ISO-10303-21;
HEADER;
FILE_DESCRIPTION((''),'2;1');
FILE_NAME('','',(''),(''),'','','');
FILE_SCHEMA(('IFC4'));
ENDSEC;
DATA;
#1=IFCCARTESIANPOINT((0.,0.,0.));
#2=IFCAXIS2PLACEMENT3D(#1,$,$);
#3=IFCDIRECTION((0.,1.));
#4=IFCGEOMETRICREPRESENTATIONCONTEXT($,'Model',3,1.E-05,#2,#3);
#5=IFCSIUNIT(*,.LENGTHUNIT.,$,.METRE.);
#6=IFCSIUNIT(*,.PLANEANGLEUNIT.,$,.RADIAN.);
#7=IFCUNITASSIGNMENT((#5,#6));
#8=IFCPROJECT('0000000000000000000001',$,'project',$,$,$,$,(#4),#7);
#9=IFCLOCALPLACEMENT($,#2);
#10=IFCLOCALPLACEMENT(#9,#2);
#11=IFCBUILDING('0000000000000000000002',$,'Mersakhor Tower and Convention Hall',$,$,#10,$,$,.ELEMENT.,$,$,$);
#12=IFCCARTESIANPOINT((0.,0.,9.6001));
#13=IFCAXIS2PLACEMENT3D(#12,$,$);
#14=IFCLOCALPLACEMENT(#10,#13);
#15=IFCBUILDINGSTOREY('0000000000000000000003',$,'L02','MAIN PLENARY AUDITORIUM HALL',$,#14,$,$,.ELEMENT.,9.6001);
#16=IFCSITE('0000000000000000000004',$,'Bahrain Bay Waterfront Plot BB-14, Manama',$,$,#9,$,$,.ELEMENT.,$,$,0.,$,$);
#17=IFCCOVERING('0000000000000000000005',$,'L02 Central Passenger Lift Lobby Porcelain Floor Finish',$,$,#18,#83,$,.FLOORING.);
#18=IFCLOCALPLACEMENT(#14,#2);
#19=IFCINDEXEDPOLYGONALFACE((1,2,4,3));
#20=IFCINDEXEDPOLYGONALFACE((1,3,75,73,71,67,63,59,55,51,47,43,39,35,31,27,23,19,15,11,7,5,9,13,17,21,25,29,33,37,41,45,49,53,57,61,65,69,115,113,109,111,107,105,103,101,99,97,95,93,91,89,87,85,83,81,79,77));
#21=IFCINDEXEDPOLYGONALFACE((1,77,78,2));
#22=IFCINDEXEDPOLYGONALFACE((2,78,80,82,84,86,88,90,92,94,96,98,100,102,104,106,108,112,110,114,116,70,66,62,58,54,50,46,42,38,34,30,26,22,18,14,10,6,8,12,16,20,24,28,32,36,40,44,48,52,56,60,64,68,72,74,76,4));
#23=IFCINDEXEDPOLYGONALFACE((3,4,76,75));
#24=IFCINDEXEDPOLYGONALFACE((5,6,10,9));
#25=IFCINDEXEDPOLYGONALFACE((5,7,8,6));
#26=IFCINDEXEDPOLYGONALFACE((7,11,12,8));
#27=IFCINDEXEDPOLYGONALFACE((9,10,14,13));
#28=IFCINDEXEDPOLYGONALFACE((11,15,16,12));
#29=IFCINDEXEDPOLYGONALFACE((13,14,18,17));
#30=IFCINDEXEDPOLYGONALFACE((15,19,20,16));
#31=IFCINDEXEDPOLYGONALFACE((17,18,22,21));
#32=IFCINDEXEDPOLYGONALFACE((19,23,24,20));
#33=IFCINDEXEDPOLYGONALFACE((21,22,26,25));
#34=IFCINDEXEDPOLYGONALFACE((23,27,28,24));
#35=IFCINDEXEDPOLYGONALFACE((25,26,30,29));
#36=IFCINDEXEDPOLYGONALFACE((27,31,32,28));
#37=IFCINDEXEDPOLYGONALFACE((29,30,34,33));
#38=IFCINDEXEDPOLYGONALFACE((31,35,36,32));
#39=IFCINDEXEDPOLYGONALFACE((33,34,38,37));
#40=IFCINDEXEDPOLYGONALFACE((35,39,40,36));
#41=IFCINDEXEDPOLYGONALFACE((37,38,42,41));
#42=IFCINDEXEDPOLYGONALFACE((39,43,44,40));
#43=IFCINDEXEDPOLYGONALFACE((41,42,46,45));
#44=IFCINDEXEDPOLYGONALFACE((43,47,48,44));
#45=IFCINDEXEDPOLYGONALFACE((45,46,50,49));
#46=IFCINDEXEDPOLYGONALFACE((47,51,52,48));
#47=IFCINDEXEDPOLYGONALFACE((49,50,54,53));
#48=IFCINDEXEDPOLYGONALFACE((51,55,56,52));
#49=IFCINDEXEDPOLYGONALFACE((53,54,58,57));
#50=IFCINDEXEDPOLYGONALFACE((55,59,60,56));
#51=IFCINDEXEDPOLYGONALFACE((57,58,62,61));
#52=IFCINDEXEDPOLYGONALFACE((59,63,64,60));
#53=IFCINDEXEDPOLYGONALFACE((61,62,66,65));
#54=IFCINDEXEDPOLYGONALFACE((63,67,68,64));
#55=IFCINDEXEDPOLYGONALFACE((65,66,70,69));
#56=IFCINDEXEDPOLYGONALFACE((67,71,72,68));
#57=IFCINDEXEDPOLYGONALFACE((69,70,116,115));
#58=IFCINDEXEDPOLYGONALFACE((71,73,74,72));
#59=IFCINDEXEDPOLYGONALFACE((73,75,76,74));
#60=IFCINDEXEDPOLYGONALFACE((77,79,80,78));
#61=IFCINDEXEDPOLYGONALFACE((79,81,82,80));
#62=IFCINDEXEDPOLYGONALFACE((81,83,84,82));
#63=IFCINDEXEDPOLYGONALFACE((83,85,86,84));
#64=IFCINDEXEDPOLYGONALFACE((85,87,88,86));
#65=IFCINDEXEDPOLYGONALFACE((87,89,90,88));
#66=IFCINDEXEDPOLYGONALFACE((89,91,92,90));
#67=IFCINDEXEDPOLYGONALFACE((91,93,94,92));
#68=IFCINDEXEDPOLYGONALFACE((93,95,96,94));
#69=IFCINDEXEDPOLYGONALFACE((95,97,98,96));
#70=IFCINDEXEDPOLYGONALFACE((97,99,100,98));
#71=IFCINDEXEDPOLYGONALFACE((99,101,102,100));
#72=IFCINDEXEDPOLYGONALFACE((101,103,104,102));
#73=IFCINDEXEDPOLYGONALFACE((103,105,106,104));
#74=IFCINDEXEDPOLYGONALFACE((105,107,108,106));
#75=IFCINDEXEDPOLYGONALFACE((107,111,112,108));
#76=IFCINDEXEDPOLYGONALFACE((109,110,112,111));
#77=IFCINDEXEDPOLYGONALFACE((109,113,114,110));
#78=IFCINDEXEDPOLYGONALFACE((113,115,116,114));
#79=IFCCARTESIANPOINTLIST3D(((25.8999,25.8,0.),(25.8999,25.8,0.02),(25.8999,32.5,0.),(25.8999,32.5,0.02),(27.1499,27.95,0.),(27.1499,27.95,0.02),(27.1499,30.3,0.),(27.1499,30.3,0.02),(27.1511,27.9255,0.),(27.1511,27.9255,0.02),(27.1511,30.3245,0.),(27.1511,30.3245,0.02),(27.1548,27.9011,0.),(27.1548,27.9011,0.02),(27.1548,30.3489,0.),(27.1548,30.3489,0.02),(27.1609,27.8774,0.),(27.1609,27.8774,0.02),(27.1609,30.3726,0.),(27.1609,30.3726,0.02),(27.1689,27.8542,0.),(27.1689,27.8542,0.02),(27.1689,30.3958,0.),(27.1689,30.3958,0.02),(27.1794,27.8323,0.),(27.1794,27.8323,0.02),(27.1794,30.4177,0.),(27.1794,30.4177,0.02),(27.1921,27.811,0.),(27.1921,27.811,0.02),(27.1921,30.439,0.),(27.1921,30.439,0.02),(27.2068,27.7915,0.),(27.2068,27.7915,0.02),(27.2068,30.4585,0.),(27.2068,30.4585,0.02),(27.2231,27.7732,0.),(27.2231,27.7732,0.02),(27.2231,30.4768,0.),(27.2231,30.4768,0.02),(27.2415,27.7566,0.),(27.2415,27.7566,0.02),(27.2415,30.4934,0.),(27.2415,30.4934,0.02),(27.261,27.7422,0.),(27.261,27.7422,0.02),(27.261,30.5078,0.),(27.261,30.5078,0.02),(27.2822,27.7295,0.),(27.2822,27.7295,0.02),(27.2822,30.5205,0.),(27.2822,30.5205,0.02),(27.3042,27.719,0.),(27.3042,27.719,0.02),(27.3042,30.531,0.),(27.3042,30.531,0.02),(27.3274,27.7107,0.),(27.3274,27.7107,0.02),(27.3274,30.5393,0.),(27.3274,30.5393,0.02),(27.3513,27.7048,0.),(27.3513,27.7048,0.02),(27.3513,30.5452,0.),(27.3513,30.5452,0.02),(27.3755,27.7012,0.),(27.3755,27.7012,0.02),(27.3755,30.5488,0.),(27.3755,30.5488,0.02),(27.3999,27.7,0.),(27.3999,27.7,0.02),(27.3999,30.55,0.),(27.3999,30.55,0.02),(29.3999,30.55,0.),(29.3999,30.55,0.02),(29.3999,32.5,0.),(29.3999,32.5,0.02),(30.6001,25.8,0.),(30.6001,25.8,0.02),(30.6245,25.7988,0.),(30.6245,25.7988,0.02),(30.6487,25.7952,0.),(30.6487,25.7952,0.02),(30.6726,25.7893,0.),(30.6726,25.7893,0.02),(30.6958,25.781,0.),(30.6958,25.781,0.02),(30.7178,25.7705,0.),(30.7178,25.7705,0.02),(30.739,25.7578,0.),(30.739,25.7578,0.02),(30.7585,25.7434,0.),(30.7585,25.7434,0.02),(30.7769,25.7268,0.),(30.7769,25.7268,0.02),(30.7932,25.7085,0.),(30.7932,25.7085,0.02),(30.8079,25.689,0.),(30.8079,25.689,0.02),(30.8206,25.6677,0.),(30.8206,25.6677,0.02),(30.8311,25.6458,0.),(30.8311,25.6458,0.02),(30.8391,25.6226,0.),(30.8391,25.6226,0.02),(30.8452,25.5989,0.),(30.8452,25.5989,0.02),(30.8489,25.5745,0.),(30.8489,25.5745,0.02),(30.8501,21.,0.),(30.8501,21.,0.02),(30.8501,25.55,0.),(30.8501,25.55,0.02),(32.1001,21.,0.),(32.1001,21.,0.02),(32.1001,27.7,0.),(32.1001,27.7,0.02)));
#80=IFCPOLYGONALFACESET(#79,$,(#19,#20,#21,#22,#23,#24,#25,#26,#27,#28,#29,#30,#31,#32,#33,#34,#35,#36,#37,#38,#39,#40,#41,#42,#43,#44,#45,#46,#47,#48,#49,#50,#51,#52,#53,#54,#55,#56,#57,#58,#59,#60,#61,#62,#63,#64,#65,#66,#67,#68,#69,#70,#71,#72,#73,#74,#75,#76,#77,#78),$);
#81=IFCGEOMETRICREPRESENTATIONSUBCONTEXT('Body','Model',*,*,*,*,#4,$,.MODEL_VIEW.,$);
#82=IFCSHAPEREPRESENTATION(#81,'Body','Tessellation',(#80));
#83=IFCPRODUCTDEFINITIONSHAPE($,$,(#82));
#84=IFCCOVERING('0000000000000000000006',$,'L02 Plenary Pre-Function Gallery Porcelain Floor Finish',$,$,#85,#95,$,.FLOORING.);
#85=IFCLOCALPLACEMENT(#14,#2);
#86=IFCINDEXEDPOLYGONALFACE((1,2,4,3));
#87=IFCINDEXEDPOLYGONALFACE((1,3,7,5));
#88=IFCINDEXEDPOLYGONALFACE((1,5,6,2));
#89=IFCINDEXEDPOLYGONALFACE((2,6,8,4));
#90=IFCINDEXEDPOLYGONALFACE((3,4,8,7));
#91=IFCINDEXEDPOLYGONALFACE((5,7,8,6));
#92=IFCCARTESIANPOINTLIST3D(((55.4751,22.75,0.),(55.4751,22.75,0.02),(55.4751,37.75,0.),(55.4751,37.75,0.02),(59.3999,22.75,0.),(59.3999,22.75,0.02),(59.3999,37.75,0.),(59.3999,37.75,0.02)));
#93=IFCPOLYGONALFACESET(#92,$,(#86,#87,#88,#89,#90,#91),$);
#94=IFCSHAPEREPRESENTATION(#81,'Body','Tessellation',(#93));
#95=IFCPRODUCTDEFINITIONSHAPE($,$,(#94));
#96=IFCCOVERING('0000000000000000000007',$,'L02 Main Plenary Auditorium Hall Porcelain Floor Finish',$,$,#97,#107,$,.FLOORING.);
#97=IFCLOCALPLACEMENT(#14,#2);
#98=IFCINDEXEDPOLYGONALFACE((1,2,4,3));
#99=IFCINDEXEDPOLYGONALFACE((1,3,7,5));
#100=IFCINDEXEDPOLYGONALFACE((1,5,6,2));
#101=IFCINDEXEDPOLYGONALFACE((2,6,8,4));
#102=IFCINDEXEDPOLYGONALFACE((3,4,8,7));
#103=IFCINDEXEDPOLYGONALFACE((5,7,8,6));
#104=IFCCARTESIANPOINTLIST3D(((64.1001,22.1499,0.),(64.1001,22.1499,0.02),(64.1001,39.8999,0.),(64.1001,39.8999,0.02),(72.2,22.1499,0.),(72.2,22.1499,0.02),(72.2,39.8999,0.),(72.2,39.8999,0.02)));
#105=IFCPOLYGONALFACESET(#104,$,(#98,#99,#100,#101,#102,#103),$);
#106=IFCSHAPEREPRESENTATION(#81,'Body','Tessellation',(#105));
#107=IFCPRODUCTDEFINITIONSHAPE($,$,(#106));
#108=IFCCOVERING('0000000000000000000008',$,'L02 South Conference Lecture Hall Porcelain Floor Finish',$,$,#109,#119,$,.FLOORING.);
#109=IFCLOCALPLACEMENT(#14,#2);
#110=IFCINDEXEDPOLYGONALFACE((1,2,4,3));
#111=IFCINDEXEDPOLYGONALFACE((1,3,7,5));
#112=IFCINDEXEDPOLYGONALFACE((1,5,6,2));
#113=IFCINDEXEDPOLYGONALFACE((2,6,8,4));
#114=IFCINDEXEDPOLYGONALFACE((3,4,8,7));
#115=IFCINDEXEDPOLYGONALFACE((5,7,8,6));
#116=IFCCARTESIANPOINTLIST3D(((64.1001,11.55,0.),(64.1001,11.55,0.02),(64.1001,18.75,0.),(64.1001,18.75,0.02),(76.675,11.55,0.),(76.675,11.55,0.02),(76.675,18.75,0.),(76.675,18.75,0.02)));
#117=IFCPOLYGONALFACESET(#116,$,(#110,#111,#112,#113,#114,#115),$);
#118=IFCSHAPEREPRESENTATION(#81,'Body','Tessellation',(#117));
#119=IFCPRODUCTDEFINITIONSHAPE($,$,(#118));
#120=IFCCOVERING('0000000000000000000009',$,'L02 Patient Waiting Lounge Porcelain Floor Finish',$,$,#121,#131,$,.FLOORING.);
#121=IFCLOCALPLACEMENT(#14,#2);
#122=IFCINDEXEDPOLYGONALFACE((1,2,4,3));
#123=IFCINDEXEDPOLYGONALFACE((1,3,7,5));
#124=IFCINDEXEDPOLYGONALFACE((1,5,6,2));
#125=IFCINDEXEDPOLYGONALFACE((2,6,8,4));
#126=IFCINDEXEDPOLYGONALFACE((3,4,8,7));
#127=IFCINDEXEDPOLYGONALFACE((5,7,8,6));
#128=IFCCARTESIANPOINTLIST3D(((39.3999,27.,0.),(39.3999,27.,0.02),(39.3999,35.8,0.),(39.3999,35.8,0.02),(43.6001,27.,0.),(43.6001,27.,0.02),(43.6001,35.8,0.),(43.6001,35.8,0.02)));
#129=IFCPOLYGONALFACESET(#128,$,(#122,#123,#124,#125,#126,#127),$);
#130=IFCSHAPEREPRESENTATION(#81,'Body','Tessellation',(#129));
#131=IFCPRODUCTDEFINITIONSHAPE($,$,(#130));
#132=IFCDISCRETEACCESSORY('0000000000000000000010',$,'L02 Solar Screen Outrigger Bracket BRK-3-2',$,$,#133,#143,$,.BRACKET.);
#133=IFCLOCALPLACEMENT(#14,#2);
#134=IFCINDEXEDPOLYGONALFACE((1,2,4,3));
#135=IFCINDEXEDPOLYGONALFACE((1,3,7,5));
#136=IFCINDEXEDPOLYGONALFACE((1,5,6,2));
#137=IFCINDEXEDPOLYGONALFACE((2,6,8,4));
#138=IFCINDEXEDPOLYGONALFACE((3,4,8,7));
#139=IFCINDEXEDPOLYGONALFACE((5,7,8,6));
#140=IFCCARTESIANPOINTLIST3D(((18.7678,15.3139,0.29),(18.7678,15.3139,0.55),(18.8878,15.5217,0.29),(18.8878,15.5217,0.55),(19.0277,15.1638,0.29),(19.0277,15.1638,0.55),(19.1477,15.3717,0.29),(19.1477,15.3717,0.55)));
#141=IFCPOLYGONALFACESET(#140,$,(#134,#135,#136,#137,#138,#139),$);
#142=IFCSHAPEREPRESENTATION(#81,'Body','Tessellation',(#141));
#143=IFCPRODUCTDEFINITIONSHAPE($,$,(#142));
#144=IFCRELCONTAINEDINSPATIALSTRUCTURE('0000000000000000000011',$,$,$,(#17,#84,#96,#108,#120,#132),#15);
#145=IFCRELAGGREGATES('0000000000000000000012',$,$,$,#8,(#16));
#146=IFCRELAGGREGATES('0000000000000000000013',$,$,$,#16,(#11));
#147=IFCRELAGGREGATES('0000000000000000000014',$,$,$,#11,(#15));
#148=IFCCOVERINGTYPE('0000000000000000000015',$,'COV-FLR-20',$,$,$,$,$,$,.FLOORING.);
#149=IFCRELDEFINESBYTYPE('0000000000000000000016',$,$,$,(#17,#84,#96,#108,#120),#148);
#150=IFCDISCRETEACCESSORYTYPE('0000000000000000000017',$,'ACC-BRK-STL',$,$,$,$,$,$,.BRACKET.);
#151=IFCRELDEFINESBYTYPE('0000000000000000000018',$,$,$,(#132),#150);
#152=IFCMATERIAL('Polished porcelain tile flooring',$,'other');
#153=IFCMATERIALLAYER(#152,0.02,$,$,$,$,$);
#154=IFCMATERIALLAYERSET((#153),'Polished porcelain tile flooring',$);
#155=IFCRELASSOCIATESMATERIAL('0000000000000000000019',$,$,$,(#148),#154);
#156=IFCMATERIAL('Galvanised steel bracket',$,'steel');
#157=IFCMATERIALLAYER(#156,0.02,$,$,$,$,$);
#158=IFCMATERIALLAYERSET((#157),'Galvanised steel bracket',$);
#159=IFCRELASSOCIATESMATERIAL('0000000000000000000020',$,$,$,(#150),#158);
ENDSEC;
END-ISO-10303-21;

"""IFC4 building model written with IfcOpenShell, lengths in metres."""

from ifc_helpers import new_model, si_unit, direction, frame, origin, origin_2d, place, context, subcontext, project, spatial, polyline, rectangle, outline, extrude, material, layer, layer_set, type_object, element, save


model = new_model("IFC4")

# Units and contexts
model_context = context("Model", 3, precision=1e-05, world=origin(), true_north=direction((0.0, 1.0)))
body_context = subcontext(model_context, "Body", "Model", "MODEL_VIEW")
ifc_project = project(units=[si_unit("LENGTHUNIT", "METRE"), si_unit("PLANEANGLEUNIT", "RADIAN")], contexts=[model_context])

# Site, building, storey
site_placement = place(None, origin())
site = spatial("IfcSite", under=ifc_project, at=site_placement, Name="Bahrain Bay Waterfront Plot BB-14, Manama", CompositionType="ELEMENT", RefElevation=0.0)
building_placement = place(site_placement, origin())
building = spatial("IfcBuilding", under=site, at=building_placement, Name="Mersakhor Tower and Convention Hall", CompositionType="ELEMENT")
storey_placement = place(building_placement, frame((0.0, 0.0, 9.6001)))
storey = spatial("IfcBuildingStorey", under=building, at=storey_placement, Name="L02", Description="MAIN PLENARY AUDITORIUM HALL", CompositionType="ELEMENT", Elevation=9.6001)

# Coverings
ifc_material_1 = material(Name="Polished porcelain tile flooring", Category="other")
ifc_layer_1 = layer(ifc_material_1, 0.02)
ifc_layer_set_1 = layer_set([ifc_layer_1], Name="Polished porcelain tile flooring")
covering_type_1 = type_object("IfcCoveringType", Name="COV-FLR-20", PredefinedType="FLOORING", material=ifc_layer_set_1)
covering_1_placement = place(storey_placement, origin())
element("IfcCovering", 1, at=covering_1_placement, inside=storey, type_object=covering_type_1, Name="L02 Central Passenger Lift Lobby Porcelain Floor Finish", PredefinedType="FLOORING", context=body_context, shape_type="SweptSolid", body=[
    extrude(outline(polyline([(30.8501, 21.0), (30.8501, 25.55), (30.8489, 25.5745), (30.8452, 25.5989), (30.8391, 25.6226), (30.8311, 25.6458), (30.8206, 25.6677), (30.8079, 25.689), (30.7932, 25.7085), (30.7769, 25.7268), (30.7585, 25.7434), (30.739, 25.7578), (30.7178, 25.7705), (30.6958, 25.781), (30.6726, 25.7893), (30.6487, 25.7952), (30.6245, 25.7988), (30.6001, 25.8), (25.8999, 25.8), (25.8999, 32.5), (29.3999, 32.5), (29.3999, 30.55), (27.3999, 30.55), (27.3755, 30.5488), (27.3513, 30.5452), (27.3274, 30.5393), (27.3042, 30.531), (27.2822, 30.5205), (27.261, 30.5078), (27.2415, 30.4934), (27.2231, 30.4768), (27.2068, 30.4585), (27.1921, 30.439), (27.1794, 30.4177), (27.1689, 30.3958), (27.1609, 30.3726), (27.1548, 30.3489), (27.1511, 30.3245), (27.1499, 30.3), (27.1499, 27.95), (27.1511, 27.9255), (27.1548, 27.9011), (27.1609, 27.8774), (27.1689, 27.8542), (27.1794, 27.8323), (27.1921, 27.811), (27.2068, 27.7915), (27.2231, 27.7732), (27.2415, 27.7566), (27.261, 27.7422), (27.2822, 27.7295), (27.3042, 27.719), (27.3274, 27.7107), (27.3513, 27.7048), (27.3755, 27.7012), (27.3999, 27.7), (32.1001, 27.7), (32.1001, 21.0), (30.8501, 21.0)])), origin(), (0.0, 0.0, 1.0), 0.02),
])
covering_2_placement = place(storey_placement, origin())
element("IfcCovering", 2, at=covering_2_placement, inside=storey, type_object=covering_type_1, Name="L02 Plenary Pre-Function Gallery Porcelain Floor Finish", PredefinedType="FLOORING", context=body_context, shape_type="SweptSolid", body=[
    extrude(outline(polyline([(55.4751, 37.75), (59.3999, 37.75), (59.3999, 22.75), (55.4751, 22.75), (55.4751, 37.75)])), origin(), (0.0, 0.0, 1.0), 0.02),
])
covering_3_placement = place(storey_placement, origin())
element("IfcCovering", 3, at=covering_3_placement, inside=storey, type_object=covering_type_1, Name="L02 Main Plenary Auditorium Hall Porcelain Floor Finish", PredefinedType="FLOORING", context=body_context, shape_type="SweptSolid", body=[
    extrude(outline(polyline([(64.1001, 39.8999), (72.2, 39.8999), (72.2, 22.1499), (64.1001, 22.1499), (64.1001, 39.8999)])), origin(), (0.0, 0.0, 1.0), 0.02),
])
covering_4_placement = place(storey_placement, origin())
element("IfcCovering", 4, at=covering_4_placement, inside=storey, type_object=covering_type_1, Name="L02 South Conference Lecture Hall Porcelain Floor Finish", PredefinedType="FLOORING", context=body_context, shape_type="SweptSolid", body=[
    extrude(outline(polyline([(64.1001, 18.75), (76.675, 18.75), (76.675, 11.55), (64.1001, 11.55), (64.1001, 18.75)])), origin(), (0.0, 0.0, 1.0), 0.02),
])
covering_5_placement = place(storey_placement, origin())
element("IfcCovering", 5, at=covering_5_placement, inside=storey, type_object=covering_type_1, Name="L02 Patient Waiting Lounge Porcelain Floor Finish", PredefinedType="FLOORING", context=body_context, shape_type="SweptSolid", body=[
    extrude(outline(polyline([(39.3999, 27.0), (39.3999, 35.8), (43.6001, 35.8), (43.6001, 27.0), (39.3999, 27.0)])), origin(), (0.0, 0.0, 1.0), 0.02),
])

# Discrete accessory
ifc_material_2 = material(Name="Galvanised steel bracket", Category="steel")
ifc_layer_2 = layer(ifc_material_2, 0.02)
ifc_layer_set_2 = layer_set([ifc_layer_2], Name="Galvanised steel bracket")
discrete_accessory_type = type_object("IfcDiscreteAccessoryType", Name="ACC-BRK-STL", PredefinedType="BRACKET", material=ifc_layer_set_2)
discrete_accessory_placement = place(storey_placement, frame((18.9578, 15.3428, 0.29), z_axis=(0.0, 0.0, 1.0), x_axis=(-0.866025, 0.5, 0.0)))
element("IfcDiscreteAccessory", 6, at=discrete_accessory_placement, inside=storey, type_object=discrete_accessory_type, Name="L02 Solar Screen Outrigger Bracket BRK-3-2", PredefinedType="BRACKET", context=body_context, shape_type="SweptSolid", body=[
    extrude(rectangle(XDim=0.3, YDim=0.24, at=origin_2d()), origin(), (0.0, 0.0, 1.0), 0.26),
])

save(model, "model.ifc")
